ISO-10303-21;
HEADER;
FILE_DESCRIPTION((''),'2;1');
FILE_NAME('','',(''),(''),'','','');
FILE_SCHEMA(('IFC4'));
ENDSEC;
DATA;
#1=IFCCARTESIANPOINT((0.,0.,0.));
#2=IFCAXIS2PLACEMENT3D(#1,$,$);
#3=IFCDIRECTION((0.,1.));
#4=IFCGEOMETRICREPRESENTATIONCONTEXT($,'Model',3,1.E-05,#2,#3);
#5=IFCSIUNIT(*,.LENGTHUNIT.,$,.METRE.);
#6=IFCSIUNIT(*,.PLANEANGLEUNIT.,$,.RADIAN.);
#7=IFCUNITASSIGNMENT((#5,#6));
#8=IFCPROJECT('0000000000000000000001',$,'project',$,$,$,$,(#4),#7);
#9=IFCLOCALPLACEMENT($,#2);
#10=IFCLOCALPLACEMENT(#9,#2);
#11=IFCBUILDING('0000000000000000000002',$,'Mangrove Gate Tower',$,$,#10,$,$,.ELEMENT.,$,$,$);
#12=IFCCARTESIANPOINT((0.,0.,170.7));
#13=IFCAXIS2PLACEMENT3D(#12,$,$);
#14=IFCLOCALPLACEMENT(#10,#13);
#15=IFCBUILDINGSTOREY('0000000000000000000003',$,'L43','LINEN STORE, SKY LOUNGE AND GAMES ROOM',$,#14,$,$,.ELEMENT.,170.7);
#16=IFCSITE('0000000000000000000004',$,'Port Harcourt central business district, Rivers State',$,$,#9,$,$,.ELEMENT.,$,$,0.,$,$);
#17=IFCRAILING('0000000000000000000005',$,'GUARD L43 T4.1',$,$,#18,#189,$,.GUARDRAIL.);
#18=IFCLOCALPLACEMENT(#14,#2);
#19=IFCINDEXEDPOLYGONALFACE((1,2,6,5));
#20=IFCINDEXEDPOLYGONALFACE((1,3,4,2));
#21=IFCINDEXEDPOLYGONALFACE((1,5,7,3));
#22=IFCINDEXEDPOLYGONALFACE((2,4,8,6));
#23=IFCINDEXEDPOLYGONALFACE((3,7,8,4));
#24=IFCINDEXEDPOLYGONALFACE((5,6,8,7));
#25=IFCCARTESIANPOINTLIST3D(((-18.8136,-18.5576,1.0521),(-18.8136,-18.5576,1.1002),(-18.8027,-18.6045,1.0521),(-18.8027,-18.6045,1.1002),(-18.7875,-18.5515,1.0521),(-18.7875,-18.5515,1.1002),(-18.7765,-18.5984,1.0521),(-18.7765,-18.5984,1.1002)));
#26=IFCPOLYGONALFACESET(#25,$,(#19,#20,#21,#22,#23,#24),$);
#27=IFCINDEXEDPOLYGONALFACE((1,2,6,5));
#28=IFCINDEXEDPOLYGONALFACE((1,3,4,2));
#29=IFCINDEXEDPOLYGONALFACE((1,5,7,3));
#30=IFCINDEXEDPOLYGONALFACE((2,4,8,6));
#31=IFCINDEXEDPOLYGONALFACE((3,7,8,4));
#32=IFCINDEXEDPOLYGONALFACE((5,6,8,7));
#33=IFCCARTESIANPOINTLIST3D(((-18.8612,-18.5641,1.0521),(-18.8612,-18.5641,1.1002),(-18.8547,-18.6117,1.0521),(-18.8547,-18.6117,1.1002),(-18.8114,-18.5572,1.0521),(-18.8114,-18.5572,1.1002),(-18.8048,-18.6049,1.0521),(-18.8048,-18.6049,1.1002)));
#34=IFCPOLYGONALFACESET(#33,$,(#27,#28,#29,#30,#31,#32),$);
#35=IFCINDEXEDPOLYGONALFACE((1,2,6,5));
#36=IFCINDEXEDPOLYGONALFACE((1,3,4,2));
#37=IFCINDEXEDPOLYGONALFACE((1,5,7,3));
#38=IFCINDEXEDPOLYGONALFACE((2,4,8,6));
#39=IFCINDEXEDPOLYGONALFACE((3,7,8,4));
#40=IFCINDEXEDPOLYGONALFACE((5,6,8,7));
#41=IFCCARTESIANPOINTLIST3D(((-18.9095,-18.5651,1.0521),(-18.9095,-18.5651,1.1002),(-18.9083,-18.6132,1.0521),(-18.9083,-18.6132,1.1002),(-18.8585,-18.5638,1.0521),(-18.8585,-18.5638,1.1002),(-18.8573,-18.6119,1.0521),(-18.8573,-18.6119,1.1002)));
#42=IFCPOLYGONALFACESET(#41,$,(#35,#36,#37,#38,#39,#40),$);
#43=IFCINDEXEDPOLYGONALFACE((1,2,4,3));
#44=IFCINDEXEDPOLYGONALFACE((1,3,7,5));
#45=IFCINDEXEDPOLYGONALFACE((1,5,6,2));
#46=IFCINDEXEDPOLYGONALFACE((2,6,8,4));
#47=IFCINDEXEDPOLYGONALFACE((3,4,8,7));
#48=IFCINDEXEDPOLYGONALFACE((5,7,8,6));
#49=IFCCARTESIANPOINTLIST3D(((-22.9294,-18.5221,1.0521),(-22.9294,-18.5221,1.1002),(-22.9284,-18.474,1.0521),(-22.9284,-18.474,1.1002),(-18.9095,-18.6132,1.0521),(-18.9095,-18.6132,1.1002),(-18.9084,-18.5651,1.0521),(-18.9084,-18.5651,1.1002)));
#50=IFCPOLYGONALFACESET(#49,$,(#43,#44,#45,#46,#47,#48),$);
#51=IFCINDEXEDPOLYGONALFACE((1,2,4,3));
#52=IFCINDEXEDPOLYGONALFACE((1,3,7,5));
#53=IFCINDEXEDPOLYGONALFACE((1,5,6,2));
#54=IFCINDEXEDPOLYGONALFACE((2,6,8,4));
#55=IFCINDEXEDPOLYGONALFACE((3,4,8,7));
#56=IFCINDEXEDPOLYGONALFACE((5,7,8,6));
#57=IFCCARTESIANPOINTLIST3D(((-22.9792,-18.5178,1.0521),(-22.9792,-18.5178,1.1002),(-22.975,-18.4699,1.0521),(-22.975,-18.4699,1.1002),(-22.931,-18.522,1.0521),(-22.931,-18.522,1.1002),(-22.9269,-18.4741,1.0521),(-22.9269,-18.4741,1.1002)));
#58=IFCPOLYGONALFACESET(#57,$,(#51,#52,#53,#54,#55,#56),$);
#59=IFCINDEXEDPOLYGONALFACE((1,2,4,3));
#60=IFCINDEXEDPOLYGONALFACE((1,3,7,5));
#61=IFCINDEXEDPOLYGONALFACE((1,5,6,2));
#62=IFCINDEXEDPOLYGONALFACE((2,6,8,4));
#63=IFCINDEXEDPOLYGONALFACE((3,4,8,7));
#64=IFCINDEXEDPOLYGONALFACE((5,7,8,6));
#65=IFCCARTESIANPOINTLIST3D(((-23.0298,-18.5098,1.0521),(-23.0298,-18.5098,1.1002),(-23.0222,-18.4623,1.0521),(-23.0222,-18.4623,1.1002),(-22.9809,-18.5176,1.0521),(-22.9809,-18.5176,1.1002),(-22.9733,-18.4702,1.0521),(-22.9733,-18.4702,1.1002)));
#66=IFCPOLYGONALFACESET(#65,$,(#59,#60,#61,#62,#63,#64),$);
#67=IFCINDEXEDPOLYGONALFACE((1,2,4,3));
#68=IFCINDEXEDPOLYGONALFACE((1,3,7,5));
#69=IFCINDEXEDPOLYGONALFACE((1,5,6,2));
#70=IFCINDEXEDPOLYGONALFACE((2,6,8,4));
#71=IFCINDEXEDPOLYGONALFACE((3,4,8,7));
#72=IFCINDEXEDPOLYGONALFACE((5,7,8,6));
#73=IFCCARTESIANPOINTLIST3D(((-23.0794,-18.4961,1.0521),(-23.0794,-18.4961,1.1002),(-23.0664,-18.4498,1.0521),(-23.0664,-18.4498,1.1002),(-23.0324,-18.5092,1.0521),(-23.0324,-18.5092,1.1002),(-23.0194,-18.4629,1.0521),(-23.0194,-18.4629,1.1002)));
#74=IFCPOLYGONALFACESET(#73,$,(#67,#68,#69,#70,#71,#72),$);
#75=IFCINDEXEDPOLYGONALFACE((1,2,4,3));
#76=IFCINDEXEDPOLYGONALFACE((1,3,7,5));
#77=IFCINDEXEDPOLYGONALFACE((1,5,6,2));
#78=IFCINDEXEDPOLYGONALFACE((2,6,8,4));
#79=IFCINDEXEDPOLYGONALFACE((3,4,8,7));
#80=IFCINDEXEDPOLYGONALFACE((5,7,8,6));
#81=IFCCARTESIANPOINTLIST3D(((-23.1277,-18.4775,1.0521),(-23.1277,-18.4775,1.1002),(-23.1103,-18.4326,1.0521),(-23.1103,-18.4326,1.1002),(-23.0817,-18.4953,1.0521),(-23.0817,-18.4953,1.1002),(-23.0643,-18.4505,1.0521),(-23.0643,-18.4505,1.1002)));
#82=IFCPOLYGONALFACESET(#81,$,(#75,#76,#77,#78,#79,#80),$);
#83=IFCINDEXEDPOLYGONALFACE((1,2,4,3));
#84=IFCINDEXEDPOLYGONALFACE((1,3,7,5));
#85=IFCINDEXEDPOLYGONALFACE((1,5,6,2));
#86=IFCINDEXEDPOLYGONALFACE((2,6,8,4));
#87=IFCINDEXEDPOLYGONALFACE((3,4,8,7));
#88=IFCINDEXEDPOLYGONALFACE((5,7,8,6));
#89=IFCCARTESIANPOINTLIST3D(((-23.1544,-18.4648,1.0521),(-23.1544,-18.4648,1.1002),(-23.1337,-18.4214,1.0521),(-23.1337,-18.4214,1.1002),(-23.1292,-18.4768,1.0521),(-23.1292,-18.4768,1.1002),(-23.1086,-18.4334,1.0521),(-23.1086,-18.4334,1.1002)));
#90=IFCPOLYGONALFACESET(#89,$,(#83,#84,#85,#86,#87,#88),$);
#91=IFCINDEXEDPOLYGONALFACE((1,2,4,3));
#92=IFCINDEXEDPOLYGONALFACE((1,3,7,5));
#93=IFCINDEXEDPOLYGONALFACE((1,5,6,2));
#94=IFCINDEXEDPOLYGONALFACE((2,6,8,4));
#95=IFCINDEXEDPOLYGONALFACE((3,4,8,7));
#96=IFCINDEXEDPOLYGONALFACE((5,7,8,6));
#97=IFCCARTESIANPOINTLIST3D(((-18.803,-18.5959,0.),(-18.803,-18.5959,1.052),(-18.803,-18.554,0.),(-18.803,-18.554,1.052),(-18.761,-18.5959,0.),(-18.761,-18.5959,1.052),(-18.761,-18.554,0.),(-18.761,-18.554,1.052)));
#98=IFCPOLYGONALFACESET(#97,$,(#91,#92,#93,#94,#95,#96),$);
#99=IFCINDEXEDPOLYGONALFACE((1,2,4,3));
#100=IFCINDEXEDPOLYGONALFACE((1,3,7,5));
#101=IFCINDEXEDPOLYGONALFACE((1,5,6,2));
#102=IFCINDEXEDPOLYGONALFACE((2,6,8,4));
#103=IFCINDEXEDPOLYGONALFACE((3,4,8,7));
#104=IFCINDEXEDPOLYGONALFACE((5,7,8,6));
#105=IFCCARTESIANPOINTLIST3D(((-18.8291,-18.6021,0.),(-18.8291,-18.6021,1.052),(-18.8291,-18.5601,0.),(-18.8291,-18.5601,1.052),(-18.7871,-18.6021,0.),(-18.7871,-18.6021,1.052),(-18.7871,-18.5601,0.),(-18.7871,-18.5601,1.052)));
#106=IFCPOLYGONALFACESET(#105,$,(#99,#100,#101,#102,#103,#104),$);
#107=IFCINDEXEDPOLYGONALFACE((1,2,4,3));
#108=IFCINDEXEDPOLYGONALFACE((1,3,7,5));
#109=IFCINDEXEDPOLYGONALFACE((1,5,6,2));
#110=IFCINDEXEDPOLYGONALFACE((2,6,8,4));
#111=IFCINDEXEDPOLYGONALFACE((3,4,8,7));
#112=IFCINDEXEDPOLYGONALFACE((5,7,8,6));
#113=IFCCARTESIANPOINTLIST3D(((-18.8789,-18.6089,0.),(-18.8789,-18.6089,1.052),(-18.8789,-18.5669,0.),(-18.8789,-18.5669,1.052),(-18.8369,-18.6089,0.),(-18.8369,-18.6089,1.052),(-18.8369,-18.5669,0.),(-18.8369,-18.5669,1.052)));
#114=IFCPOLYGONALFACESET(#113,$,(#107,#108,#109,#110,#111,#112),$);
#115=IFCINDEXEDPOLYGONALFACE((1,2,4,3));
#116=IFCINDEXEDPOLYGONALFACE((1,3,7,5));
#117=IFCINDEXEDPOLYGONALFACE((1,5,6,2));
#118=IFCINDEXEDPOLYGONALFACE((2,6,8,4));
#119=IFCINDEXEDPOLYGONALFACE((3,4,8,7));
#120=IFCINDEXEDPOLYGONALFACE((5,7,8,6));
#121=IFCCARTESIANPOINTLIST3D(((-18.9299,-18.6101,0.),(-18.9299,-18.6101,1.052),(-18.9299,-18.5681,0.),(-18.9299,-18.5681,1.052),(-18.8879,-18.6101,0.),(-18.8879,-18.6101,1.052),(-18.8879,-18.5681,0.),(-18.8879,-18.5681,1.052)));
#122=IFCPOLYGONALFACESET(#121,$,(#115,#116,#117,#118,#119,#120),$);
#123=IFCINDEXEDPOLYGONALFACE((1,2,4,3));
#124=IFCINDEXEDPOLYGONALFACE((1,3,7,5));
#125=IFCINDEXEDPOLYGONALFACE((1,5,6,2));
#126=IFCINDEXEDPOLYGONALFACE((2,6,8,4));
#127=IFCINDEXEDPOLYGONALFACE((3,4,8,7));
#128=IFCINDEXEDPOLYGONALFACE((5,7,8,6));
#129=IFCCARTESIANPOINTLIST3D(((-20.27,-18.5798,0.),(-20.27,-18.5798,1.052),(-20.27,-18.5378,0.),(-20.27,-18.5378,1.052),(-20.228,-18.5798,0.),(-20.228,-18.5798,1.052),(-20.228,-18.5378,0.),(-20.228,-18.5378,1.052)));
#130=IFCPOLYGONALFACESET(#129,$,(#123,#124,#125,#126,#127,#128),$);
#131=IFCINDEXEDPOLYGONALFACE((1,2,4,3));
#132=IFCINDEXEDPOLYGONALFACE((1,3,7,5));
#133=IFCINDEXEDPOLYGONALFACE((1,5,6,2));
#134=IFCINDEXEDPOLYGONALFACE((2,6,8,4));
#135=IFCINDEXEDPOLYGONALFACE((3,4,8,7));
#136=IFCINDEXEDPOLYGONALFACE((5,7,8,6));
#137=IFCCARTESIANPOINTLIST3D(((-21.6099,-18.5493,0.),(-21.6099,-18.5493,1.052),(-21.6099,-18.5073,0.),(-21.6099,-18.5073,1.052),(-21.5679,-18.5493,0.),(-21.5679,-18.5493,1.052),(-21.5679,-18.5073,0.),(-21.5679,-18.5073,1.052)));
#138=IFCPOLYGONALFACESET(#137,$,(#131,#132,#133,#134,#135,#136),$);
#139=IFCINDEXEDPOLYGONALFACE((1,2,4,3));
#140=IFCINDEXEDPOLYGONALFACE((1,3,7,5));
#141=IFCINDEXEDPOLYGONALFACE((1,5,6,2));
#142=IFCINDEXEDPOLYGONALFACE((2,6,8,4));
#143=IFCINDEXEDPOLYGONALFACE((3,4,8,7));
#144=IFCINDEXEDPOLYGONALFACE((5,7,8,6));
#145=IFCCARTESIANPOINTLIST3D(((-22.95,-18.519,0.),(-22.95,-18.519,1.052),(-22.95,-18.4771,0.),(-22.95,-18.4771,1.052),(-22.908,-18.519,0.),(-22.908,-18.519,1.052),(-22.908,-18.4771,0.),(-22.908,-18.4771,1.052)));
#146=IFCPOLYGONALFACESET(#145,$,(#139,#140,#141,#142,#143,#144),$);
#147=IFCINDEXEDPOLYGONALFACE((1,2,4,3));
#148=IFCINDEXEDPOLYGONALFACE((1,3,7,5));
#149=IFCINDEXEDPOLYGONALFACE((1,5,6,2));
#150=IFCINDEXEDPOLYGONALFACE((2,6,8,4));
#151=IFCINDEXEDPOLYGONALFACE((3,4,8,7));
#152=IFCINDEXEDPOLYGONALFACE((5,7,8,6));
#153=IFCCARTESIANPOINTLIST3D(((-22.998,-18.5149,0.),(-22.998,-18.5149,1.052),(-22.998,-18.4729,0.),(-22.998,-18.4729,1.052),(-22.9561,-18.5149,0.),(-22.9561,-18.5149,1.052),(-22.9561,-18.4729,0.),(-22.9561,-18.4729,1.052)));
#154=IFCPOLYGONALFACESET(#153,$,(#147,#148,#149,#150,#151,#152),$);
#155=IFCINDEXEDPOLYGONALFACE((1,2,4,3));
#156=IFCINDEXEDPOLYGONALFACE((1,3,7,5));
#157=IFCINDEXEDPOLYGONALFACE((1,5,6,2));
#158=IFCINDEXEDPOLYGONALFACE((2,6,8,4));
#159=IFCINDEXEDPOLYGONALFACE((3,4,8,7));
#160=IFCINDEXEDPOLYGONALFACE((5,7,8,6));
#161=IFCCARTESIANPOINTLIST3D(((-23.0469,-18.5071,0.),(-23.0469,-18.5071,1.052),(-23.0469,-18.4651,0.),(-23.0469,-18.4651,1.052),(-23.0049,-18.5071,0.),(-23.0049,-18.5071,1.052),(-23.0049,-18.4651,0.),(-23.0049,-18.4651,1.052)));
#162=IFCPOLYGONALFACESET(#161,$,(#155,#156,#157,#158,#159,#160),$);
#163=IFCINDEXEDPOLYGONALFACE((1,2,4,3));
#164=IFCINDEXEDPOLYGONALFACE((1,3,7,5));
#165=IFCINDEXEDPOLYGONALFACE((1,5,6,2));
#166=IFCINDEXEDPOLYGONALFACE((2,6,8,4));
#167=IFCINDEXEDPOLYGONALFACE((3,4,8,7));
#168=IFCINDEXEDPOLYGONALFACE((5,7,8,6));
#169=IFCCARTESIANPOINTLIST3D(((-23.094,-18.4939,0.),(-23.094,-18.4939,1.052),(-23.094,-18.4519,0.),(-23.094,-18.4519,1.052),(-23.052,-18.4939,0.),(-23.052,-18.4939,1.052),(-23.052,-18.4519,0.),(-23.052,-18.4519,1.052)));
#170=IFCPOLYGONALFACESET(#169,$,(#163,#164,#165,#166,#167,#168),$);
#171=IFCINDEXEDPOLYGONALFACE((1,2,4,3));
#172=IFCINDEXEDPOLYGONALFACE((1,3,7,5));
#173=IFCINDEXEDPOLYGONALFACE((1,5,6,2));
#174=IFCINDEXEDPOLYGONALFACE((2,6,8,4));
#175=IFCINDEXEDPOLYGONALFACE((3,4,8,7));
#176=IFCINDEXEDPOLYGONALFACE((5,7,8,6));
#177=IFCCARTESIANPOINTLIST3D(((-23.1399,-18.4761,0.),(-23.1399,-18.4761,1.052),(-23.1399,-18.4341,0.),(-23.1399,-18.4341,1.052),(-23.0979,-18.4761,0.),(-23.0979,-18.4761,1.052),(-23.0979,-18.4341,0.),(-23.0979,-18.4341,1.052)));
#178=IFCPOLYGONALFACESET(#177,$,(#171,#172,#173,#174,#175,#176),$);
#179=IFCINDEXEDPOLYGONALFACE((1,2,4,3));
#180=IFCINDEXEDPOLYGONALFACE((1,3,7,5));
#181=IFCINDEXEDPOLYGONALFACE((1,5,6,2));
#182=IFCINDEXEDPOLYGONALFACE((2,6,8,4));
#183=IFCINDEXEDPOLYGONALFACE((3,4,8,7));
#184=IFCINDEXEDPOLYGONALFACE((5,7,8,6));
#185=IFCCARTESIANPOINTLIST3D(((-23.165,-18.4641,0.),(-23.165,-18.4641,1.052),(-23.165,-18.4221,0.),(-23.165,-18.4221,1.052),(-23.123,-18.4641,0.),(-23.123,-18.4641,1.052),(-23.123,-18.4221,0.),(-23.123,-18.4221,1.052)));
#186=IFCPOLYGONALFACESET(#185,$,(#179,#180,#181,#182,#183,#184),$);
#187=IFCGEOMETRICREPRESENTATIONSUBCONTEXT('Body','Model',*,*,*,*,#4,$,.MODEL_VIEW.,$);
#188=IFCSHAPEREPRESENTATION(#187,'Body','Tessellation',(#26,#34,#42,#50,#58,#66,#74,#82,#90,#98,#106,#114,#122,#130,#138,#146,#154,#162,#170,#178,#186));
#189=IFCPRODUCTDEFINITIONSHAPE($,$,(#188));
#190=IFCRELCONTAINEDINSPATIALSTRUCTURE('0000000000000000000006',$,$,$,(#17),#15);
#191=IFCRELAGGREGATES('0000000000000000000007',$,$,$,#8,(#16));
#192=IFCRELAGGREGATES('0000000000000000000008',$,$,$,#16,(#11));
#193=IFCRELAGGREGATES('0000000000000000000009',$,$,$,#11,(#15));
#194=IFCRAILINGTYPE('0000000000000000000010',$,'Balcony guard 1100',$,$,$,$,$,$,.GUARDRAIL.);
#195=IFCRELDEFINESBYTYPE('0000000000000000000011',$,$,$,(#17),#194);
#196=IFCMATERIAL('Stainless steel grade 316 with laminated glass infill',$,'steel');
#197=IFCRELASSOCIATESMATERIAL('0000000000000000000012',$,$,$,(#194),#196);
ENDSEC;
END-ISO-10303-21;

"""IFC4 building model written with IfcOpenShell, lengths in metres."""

from ifc_helpers import new_model, si_unit, direction, frame, origin, origin_2d, place, context, subcontext, project, spatial, rectangle, extrude, material, type_object, element, save


model = new_model("IFC4")

# Units and contexts
model_context = context("Model", 3, precision=1e-05, world=origin(), true_north=direction((0.0, 1.0)))
body_context = subcontext(model_context, "Body", "Model", "MODEL_VIEW")
ifc_project = project(units=[si_unit("LENGTHUNIT", "METRE"), si_unit("PLANEANGLEUNIT", "RADIAN")], contexts=[model_context])

# Site, building, storey
site_placement = place(None, origin())
site = spatial("IfcSite", under=ifc_project, at=site_placement, Name="Port Harcourt central business district, Rivers State", CompositionType="ELEMENT", RefElevation=0.0)
building_placement = place(site_placement, origin())
building = spatial("IfcBuilding", under=site, at=building_placement, Name="Mangrove Gate Tower", CompositionType="ELEMENT")
storey_placement = place(building_placement, frame((0.0, 0.0, 170.7)))
storey = spatial("IfcBuildingStorey", under=building, at=storey_placement, Name="L43", Description="LINEN STORE, SKY LOUNGE AND GAMES ROOM", CompositionType="ELEMENT", Elevation=170.7)

# Railing
ifc_material_1 = material(Name="Stainless steel grade 316 with laminated glass infill", Category="steel")
railing_type = type_object("IfcRailingType", Name="Balcony guard 1100", PredefinedType="GUARDRAIL", material=ifc_material_1)
railing_1_placement = place(storey_placement, frame((-18.782, -18.575, 0.0)))
element("IfcRailing", 1, at=railing_1_placement, inside=storey, type_object=railing_type, Name="GUARD L43 T4.1", PredefinedType="GUARDRAIL", context=body_context, shape_type="SweptSolid", body=[
    extrude(rectangle(XDim=0.0481, YDim=0.0481, at=origin_2d()), frame((0.0, 0.0, 1.0762), z_axis=(-0.973774, -0.227517, 0.0), x_axis=(0.227517, -0.973774, 0.0)), (0.0, 0.0, 1.0), 0.0269),
    extrude(rectangle(XDim=0.0481, YDim=0.0481, at=origin_2d()), frame((-0.0261, -0.0061, 1.0762), z_axis=(-0.990712, -0.13598, 0.0), x_axis=(0.13598, -0.990712, 0.0)), (0.0, 0.0, 1.0), 0.0503),
    extrude(rectangle(XDim=0.0481, YDim=0.0481, at=origin_2d()), frame((-0.0759, -0.0129, 1.0762), z_axis=(-0.999714, -0.023917, 0.0), x_axis=(0.023917, -0.999714, 0.0)), (0.0, 0.0, 1.0), 0.051),
    extrude(rectangle(XDim=0.0481, YDim=0.0481, at=origin_2d()), frame((-0.127, -0.0142, 1.0762), z_axis=(-0.999744, 0.022647, 0.0), x_axis=(-0.022647, -0.999744, 0.0)), (0.0, 0.0, 1.0), 4.021),
    extrude(rectangle(XDim=0.0481, YDim=0.0481, at=origin_2d()), frame((-4.147, 0.0769, 1.0762), z_axis=(-0.996297, 0.085975, 0.0), x_axis=(-0.085975, -0.996297, 0.0)), (0.0, 0.0, 1.0), 0.0483),
    extrude(rectangle(XDim=0.0481, YDim=0.0481, at=origin_2d()), frame((-4.1951, 0.0811, 1.0762), z_axis=(-0.987441, 0.157991, 0.0), x_axis=(-0.157991, -0.987441, 0.0)), (0.0, 0.0, 1.0), 0.0496),
    extrude(rectangle(XDim=0.0481, YDim=0.0481, at=origin_2d()), frame((-4.2439, 0.0889, 1.0762), z_axis=(-0.963016, 0.269445, 0.0), x_axis=(-0.269445, -0.963016, 0.0)), (0.0, 0.0, 1.0), 0.0488),
    extrude(rectangle(XDim=0.0481, YDim=0.0481, at=origin_2d()), frame((-4.291, 0.1021, 1.0762), z_axis=(-0.932191, 0.361968, 0.0), x_axis=(-0.361968, -0.932191, 0.0)), (0.0, 0.0, 1.0), 0.0493),
    extrude(rectangle(XDim=0.0481, YDim=0.0481, at=origin_2d()), frame((-4.3369, 0.1199, 1.0762), z_axis=(-0.903023, 0.429593, 0.0), x_axis=(-0.429593, -0.903023, 0.0)), (0.0, 0.0, 1.0), 0.0278),
    extrude(rectangle(XDim=0.042, YDim=0.042, at=origin_2d()), origin(), (0.0, 0.0, 1.0), 1.052),
    extrude(rectangle(XDim=0.042, YDim=0.042, at=origin_2d()), frame((-0.0261, -0.0061, 0.0)), (0.0, 0.0, 1.0), 1.052),
    extrude(rectangle(XDim=0.042, YDim=0.042, at=origin_2d()), frame((-0.0759, -0.0129, 0.0)), (0.0, 0.0, 1.0), 1.052),
    extrude(rectangle(XDim=0.042, YDim=0.042, at=origin_2d()), frame((-0.127, -0.0142, 0.0)), (0.0, 0.0, 1.0), 1.052),
    extrude(rectangle(XDim=0.042, YDim=0.042, at=origin_2d()), frame((-1.467, 0.0161, 0.0)), (0.0, 0.0, 1.0), 1.052),
    extrude(rectangle(XDim=0.042, YDim=0.042, at=origin_2d()), frame((-2.8069, 0.0466, 0.0)), (0.0, 0.0, 1.0), 1.052),
    extrude(rectangle(XDim=0.042, YDim=0.042, at=origin_2d()), frame((-4.147, 0.0769, 0.0)), (0.0, 0.0, 1.0), 1.052),
    extrude(rectangle(XDim=0.042, YDim=0.042, at=origin_2d()), frame((-4.1951, 0.0811, 0.0)), (0.0, 0.0, 1.0), 1.052),
    extrude(rectangle(XDim=0.042, YDim=0.042, at=origin_2d()), frame((-4.2439, 0.0889, 0.0)), (0.0, 0.0, 1.0), 1.052),
    extrude(rectangle(XDim=0.042, YDim=0.042, at=origin_2d()), frame((-4.291, 0.1021, 0.0)), (0.0, 0.0, 1.0), 1.052),
    extrude(rectangle(XDim=0.042, YDim=0.042, at=origin_2d()), frame((-4.3369, 0.1199, 0.0)), (0.0, 0.0, 1.0), 1.052),
    extrude(rectangle(XDim=0.042, YDim=0.042, at=origin_2d()), frame((-4.3621, 0.1318, 0.0)), (0.0, 0.0, 1.0), 1.052),
])

save(model, "model.ifc")
